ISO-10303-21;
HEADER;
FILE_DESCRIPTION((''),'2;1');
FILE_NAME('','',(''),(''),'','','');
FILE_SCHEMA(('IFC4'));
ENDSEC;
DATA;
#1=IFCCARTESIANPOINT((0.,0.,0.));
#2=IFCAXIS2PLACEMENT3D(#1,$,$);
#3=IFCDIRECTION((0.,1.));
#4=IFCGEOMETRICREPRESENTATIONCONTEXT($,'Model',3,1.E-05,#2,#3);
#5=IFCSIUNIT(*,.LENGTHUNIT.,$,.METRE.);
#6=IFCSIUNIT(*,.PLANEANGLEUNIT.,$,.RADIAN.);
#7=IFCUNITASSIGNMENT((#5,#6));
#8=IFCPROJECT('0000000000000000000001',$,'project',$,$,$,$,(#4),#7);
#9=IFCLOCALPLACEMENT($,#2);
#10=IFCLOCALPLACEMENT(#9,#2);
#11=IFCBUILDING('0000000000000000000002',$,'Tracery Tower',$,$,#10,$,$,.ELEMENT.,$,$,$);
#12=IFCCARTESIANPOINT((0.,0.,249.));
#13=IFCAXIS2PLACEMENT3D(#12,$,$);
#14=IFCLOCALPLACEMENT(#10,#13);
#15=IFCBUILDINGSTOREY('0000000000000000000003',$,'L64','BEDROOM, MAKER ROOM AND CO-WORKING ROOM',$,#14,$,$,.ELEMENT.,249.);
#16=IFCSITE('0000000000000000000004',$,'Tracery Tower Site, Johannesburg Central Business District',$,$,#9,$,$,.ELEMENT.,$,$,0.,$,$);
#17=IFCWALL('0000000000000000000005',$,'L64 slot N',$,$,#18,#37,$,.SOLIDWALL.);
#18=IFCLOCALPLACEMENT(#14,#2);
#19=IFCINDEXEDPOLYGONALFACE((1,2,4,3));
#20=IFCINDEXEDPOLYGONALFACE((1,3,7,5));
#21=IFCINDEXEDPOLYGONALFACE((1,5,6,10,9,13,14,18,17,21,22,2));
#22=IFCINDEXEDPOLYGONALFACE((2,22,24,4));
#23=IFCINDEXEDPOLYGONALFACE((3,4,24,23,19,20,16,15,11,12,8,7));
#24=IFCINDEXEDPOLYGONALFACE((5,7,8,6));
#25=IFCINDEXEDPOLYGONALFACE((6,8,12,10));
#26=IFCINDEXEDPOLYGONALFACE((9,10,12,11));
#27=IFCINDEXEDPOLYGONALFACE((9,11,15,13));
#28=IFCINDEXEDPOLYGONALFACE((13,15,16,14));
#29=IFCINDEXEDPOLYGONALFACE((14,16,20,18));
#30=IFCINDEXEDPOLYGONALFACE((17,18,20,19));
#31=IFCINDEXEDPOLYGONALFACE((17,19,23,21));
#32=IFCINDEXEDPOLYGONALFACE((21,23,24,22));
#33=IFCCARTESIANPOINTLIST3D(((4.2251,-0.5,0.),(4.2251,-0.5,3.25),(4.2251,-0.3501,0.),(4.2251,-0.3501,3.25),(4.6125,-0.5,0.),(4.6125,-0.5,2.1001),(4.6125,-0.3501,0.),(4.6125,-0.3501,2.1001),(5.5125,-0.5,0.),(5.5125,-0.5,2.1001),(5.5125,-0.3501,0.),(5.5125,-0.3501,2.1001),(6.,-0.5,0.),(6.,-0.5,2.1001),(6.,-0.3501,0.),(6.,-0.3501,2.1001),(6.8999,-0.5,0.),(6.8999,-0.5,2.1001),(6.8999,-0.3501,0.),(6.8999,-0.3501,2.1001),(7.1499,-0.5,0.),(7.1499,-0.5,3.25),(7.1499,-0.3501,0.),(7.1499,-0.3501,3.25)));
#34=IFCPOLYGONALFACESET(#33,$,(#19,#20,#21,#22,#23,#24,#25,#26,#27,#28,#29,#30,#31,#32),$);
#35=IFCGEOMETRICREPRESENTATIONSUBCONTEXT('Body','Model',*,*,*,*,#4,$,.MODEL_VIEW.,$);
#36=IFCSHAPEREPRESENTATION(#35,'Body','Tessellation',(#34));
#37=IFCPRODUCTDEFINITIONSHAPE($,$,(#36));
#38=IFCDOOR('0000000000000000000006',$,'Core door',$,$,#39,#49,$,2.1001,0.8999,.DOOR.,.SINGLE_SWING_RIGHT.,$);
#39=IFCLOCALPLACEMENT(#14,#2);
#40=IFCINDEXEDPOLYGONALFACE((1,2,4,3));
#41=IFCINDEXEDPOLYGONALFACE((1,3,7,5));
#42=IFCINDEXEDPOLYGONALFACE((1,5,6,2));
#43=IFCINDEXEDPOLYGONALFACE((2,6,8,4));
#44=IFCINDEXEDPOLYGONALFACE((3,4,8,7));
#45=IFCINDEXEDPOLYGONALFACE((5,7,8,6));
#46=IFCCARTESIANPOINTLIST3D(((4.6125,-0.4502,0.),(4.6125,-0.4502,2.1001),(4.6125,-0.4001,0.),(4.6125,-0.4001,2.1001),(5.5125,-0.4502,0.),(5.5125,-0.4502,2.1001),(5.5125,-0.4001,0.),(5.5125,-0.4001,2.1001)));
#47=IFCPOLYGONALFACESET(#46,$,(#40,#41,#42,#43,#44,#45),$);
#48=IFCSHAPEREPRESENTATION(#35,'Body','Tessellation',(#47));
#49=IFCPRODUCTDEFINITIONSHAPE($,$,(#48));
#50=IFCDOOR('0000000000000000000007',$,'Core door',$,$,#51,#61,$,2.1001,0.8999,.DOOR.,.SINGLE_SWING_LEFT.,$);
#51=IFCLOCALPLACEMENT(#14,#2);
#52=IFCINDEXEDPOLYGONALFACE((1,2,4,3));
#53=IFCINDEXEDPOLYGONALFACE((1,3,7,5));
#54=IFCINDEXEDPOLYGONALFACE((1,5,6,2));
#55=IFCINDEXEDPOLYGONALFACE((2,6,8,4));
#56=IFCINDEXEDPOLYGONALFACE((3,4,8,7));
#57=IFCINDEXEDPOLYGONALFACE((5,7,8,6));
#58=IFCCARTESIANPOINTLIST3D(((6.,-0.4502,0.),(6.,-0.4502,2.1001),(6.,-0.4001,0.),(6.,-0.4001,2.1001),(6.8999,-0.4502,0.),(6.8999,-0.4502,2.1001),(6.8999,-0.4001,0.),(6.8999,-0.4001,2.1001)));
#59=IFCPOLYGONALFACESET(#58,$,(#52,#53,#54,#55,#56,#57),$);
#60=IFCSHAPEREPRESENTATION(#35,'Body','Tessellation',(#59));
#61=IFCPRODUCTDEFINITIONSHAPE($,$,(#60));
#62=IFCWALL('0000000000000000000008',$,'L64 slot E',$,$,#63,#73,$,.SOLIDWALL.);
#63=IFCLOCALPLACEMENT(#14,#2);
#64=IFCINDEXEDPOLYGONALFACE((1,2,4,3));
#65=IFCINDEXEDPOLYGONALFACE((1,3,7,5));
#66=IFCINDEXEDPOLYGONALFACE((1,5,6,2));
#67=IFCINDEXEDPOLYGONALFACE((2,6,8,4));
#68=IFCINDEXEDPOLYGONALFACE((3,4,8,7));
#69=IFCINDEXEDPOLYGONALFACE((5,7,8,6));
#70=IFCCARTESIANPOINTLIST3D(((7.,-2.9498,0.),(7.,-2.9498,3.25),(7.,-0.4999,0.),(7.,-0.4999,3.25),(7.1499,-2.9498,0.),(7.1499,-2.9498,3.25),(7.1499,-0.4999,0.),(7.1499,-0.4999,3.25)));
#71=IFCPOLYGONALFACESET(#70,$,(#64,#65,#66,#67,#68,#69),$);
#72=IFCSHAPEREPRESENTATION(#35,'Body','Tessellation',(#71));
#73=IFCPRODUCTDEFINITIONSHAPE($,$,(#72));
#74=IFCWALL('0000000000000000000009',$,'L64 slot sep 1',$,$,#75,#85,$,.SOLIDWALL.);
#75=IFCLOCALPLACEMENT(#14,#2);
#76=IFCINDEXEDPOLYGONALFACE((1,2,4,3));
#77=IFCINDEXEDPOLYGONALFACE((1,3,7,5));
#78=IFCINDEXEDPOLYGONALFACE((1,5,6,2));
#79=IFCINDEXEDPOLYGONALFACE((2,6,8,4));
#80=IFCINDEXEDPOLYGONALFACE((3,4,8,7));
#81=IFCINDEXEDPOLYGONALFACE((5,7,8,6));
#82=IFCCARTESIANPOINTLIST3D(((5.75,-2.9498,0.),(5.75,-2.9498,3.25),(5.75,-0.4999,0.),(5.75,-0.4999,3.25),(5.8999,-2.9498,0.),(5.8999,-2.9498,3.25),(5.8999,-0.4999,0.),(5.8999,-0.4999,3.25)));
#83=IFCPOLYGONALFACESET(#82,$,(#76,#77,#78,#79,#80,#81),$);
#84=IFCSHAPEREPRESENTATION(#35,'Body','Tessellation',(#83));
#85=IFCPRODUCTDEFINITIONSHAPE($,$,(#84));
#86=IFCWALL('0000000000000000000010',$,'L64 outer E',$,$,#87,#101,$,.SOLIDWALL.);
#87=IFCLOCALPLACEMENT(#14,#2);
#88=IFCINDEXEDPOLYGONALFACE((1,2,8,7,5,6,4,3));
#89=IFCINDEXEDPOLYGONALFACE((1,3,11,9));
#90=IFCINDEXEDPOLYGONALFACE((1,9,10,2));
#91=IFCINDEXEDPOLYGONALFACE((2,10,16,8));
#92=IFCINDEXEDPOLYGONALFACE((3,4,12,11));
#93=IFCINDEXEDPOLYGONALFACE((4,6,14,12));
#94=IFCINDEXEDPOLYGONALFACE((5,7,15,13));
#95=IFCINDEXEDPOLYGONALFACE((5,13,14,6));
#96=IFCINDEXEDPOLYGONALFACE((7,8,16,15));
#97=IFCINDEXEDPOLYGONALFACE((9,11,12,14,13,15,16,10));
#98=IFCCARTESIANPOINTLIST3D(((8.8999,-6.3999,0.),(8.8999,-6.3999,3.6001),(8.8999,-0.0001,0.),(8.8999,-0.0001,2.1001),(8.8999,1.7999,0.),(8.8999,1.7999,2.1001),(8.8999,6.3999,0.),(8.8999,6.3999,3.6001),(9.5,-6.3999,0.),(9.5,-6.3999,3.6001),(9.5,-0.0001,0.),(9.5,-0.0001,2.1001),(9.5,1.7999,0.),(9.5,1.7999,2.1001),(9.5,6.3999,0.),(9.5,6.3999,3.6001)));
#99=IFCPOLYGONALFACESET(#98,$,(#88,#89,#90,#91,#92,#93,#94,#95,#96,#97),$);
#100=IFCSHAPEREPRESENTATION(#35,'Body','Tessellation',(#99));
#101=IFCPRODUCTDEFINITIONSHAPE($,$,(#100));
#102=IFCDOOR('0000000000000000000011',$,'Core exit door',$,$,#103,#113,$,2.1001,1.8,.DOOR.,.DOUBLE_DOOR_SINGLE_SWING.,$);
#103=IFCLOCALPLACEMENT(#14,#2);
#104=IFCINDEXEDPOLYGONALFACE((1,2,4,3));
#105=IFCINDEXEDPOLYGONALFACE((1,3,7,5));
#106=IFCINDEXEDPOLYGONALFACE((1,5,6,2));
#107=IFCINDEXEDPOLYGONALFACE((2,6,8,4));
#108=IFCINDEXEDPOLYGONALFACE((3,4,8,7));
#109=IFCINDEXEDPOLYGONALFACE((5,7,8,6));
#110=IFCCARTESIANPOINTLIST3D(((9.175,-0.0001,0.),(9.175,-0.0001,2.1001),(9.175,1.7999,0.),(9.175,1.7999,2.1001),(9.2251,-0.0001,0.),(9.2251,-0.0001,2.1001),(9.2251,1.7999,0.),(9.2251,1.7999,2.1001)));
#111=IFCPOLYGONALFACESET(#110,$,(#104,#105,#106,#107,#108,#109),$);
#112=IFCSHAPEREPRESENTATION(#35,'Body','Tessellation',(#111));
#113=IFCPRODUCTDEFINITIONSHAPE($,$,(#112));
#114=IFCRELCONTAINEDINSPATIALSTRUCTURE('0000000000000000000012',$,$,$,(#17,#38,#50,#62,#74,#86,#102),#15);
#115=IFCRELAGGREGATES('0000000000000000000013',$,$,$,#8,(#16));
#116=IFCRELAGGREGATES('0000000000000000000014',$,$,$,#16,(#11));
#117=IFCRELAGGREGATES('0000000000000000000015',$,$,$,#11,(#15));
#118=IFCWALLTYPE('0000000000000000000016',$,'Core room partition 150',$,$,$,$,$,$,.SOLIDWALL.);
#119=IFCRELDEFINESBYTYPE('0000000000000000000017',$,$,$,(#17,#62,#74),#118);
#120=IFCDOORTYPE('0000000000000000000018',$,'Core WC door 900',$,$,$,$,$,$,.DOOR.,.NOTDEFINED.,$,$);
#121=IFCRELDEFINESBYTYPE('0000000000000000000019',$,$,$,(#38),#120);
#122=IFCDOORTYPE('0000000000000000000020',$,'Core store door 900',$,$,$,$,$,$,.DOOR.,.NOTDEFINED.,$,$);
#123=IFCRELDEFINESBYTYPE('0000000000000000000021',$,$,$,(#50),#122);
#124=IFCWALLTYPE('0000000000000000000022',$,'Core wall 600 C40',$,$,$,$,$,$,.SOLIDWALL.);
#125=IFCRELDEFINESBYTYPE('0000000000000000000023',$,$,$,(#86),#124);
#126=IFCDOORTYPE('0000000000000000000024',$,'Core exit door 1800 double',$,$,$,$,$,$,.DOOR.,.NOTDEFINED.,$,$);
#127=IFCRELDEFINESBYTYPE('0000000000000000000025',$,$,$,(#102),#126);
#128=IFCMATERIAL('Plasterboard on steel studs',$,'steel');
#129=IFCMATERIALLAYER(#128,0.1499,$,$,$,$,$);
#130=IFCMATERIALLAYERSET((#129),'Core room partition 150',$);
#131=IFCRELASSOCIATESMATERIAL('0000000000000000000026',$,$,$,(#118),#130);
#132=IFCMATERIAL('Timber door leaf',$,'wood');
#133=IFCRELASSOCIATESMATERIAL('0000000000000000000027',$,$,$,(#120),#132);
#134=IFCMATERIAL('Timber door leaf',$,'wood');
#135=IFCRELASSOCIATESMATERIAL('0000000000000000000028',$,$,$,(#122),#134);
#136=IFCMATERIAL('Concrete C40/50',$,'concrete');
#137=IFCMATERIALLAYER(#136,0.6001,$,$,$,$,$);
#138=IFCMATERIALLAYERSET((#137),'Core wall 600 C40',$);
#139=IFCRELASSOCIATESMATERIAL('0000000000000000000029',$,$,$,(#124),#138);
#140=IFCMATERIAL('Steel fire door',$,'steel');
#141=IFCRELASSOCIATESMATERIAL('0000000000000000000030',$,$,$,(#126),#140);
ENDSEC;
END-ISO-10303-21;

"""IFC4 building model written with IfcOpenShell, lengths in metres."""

from ifc_helpers import new_model, si_unit, direction, frame, frame_2d, origin, place, context, subcontext, project, spatial, rectangle, extrude, material, layer, layer_set, type_object, element, fill, save


model = new_model("IFC4")

# Units and contexts
model_context = context("Model", 3, precision=1e-05, world=origin(), true_north=direction((0.0, 1.0)))
body_context = subcontext(model_context, "Body", "Model", "MODEL_VIEW")
ifc_project = project(units=[si_unit("LENGTHUNIT", "METRE"), si_unit("PLANEANGLEUNIT", "RADIAN")], contexts=[model_context])

# Site, building, storey
site_placement = place(None, origin())
site = spatial("IfcSite", under=ifc_project, at=site_placement, Name="Tracery Tower Site, Johannesburg Central Business District", CompositionType="ELEMENT", RefElevation=0.0)
building_placement = place(site_placement, origin())
building = spatial("IfcBuilding", under=site, at=building_placement, Name="Tracery Tower", CompositionType="ELEMENT")
storey_placement = place(building_placement, frame((0.0, 0.0, 249.0)))
storey = spatial("IfcBuildingStorey", under=building, at=storey_placement, Name="L64", Description="BEDROOM, MAKER ROOM AND CO-WORKING ROOM", CompositionType="ELEMENT", Elevation=249.0)

# Shared definitions
ifc_material_1 = material(Name="Plasterboard on steel studs", Category="steel")
ifc_layer_1 = layer(ifc_material_1, 0.1499)
ifc_layer_set_1 = layer_set([ifc_layer_1], Name="Core room partition 150")
wall_type_1 = type_object("IfcWallType", Name="Core room partition 150", PredefinedType="SOLIDWALL", material=ifc_layer_set_1)

# Wall, openings, doors
wall_1_placement = place(storey_placement, frame((4.2251, -0.425, 0.0), z_axis=(0.0, 0.0, 1.0), x_axis=(1.0, 0.0, 0.0)))
wall_1 = element("IfcWall", 1, at=wall_1_placement, inside=storey, type_object=wall_type_1, Name="L64 slot N", PredefinedType="SOLIDWALL", context=body_context, shape_type="SweptSolid", body=[
    extrude(rectangle(XDim=2.9248, YDim=0.1499, at=frame_2d((1.4624, 0.0))), origin(), (0.0, 0.0, 1.0), 3.25),
])
opening_1_placement = place(wall_1_placement, frame((0.3875, 0.0, 0.0)))
opening_1 = element("IfcOpeningElement", 2, at=opening_1_placement, cuts=wall_1, PredefinedType="OPENING", context=body_context, shape_type="SweptSolid", body=[
    extrude(rectangle(XDim=0.8999, YDim=2.1001, at=frame_2d((0.45, 1.05))), frame((0.0, 0.075, 0.0), z_axis=(0.0, -1.0, 0.0), x_axis=(1.0, 0.0, 0.0)), (0.0, 0.0, 1.0), 0.1499),
])
opening_2_placement = place(wall_1_placement, frame((1.7749, 0.0, 0.0)))
opening_2 = element("IfcOpeningElement", 3, at=opening_2_placement, cuts=wall_1, PredefinedType="OPENING", context=body_context, shape_type="SweptSolid", body=[
    extrude(rectangle(XDim=0.8999, YDim=2.1001, at=frame_2d((0.45, 1.05))), frame((0.0, 0.075, 0.0), z_axis=(0.0, -1.0, 0.0), x_axis=(1.0, 0.0, 0.0)), (0.0, 0.0, 1.0), 0.1499),
])
ifc_material_2 = material(Name="Timber door leaf", Category="wood")
door_type_1 = type_object("IfcDoorType", Name="Core WC door 900", OperationType="NOTDEFINED", PredefinedType="DOOR", material=ifc_material_2)
door_1_placement = place(opening_1_placement, origin())
door_1 = element("IfcDoor", 4, at=door_1_placement, inside=storey, type_object=door_type_1, Name="Core door", OperationType="SINGLE_SWING_RIGHT", OverallHeight=2.1001, OverallWidth=0.8999, PredefinedType="DOOR", context=body_context, shape_type="SweptSolid", body=[
    extrude(rectangle(XDim=0.8999, YDim=2.1001, at=frame_2d((0.45, 1.05))), frame((0.0, 0.0249, 0.0), z_axis=(0.0, -1.0, 0.0), x_axis=(1.0, 0.0, 0.0)), (0.0, 0.0, 1.0), 0.05),
])
fill(opening_1, door_1)
ifc_material_3 = material(Name="Timber door leaf", Category="wood")
door_type_2 = type_object("IfcDoorType", Name="Core store door 900", OperationType="NOTDEFINED", PredefinedType="DOOR", material=ifc_material_3)
door_2_placement = place(opening_2_placement, origin())
door_2 = element("IfcDoor", 5, at=door_2_placement, inside=storey, type_object=door_type_2, Name="Core door", OperationType="SINGLE_SWING_LEFT", OverallHeight=2.1001, OverallWidth=0.8999, PredefinedType="DOOR", context=body_context, shape_type="SweptSolid", body=[
    extrude(rectangle(XDim=0.8999, YDim=2.1001, at=frame_2d((0.45, 1.05))), frame((0.0, 0.0249, 0.0), z_axis=(0.0, -1.0, 0.0), x_axis=(1.0, 0.0, 0.0)), (0.0, 0.0, 1.0), 0.05),
])
fill(opening_2, door_2)

# Walls
for number, where, z_axis, x_axis, name in (
    (6, (7.075, -2.95, 0.0), (0.0, 0.0, 1.0), (0.0, 1.0, 0.0), "L64 slot E"),
    (7, (5.825, -2.95, 0.0), (0.0, 0.0, 1.0), (0.0, 1.0, 0.0), "L64 slot sep 1"),
):
    element("IfcWall", number, at=place(storey_placement, frame(where, z_axis=z_axis, x_axis=x_axis)), inside=storey, type_object=wall_type_1, Name=name, PredefinedType="SOLIDWALL", context=body_context, shape_type="SweptSolid", body=[
        extrude(rectangle(XDim=2.45, YDim=0.1499, at=frame_2d((1.2251, 0.0))), origin(), (0.0, 0.0, 1.0), 3.25),
    ])

# Wall, opening, door
ifc_material_4 = material(Name="Concrete C40/50", Category="concrete")
ifc_layer_2 = layer(ifc_material_4, 0.6001)
ifc_layer_set_2 = layer_set([ifc_layer_2], Name="Core wall 600 C40")
wall_type_2 = type_object("IfcWallType", Name="Core wall 600 C40", PredefinedType="SOLIDWALL", material=ifc_layer_set_2)
wall_2_placement = place(storey_placement, frame((9.2, -6.3999, 0.0), z_axis=(0.0, 0.0, 1.0), x_axis=(0.0, 1.0, 0.0)))
wall_2 = element("IfcWall", 8, at=wall_2_placement, inside=storey, type_object=wall_type_2, Name="L64 outer E", PredefinedType="SOLIDWALL", context=body_context, shape_type="SweptSolid", body=[
    extrude(rectangle(XDim=12.7998, YDim=0.6001, at=frame_2d((6.3999, 0.0))), origin(), (0.0, 0.0, 1.0), 3.6001),
])
opening_3_placement = place(wall_2_placement, frame((6.3999, 0.0, 0.0)))
opening_3 = element("IfcOpeningElement", 9, at=opening_3_placement, cuts=wall_2, PredefinedType="OPENING", context=body_context, shape_type="SweptSolid", body=[
    extrude(rectangle(XDim=1.8, YDim=2.1001, at=frame_2d((0.8999, 1.05))), frame((0.0, 0.3, 0.0), z_axis=(0.0, -1.0, 0.0), x_axis=(1.0, 0.0, 0.0)), (0.0, 0.0, 1.0), 0.6001),
])
ifc_material_5 = material(Name="Steel fire door", Category="steel")
door_type_3 = type_object("IfcDoorType", Name="Core exit door 1800 double", OperationType="NOTDEFINED", PredefinedType="DOOR", material=ifc_material_5)
door_3_placement = place(opening_3_placement, origin())
door_3 = element("IfcDoor", 10, at=door_3_placement, inside=storey, type_object=door_type_3, Name="Core exit door", OperationType="DOUBLE_DOOR_SINGLE_SWING", OverallHeight=2.1001, OverallWidth=1.8, PredefinedType="DOOR", context=body_context, shape_type="SweptSolid", body=[
    extrude(rectangle(XDim=1.8, YDim=2.1001, at=frame_2d((0.8999, 1.05))), frame((0.0, 0.0249, 0.0), z_axis=(0.0, -1.0, 0.0), x_axis=(1.0, 0.0, 0.0)), (0.0, 0.0, 1.0), 0.05),
])
fill(opening_3, door_3)

save(model, "model.ifc")
